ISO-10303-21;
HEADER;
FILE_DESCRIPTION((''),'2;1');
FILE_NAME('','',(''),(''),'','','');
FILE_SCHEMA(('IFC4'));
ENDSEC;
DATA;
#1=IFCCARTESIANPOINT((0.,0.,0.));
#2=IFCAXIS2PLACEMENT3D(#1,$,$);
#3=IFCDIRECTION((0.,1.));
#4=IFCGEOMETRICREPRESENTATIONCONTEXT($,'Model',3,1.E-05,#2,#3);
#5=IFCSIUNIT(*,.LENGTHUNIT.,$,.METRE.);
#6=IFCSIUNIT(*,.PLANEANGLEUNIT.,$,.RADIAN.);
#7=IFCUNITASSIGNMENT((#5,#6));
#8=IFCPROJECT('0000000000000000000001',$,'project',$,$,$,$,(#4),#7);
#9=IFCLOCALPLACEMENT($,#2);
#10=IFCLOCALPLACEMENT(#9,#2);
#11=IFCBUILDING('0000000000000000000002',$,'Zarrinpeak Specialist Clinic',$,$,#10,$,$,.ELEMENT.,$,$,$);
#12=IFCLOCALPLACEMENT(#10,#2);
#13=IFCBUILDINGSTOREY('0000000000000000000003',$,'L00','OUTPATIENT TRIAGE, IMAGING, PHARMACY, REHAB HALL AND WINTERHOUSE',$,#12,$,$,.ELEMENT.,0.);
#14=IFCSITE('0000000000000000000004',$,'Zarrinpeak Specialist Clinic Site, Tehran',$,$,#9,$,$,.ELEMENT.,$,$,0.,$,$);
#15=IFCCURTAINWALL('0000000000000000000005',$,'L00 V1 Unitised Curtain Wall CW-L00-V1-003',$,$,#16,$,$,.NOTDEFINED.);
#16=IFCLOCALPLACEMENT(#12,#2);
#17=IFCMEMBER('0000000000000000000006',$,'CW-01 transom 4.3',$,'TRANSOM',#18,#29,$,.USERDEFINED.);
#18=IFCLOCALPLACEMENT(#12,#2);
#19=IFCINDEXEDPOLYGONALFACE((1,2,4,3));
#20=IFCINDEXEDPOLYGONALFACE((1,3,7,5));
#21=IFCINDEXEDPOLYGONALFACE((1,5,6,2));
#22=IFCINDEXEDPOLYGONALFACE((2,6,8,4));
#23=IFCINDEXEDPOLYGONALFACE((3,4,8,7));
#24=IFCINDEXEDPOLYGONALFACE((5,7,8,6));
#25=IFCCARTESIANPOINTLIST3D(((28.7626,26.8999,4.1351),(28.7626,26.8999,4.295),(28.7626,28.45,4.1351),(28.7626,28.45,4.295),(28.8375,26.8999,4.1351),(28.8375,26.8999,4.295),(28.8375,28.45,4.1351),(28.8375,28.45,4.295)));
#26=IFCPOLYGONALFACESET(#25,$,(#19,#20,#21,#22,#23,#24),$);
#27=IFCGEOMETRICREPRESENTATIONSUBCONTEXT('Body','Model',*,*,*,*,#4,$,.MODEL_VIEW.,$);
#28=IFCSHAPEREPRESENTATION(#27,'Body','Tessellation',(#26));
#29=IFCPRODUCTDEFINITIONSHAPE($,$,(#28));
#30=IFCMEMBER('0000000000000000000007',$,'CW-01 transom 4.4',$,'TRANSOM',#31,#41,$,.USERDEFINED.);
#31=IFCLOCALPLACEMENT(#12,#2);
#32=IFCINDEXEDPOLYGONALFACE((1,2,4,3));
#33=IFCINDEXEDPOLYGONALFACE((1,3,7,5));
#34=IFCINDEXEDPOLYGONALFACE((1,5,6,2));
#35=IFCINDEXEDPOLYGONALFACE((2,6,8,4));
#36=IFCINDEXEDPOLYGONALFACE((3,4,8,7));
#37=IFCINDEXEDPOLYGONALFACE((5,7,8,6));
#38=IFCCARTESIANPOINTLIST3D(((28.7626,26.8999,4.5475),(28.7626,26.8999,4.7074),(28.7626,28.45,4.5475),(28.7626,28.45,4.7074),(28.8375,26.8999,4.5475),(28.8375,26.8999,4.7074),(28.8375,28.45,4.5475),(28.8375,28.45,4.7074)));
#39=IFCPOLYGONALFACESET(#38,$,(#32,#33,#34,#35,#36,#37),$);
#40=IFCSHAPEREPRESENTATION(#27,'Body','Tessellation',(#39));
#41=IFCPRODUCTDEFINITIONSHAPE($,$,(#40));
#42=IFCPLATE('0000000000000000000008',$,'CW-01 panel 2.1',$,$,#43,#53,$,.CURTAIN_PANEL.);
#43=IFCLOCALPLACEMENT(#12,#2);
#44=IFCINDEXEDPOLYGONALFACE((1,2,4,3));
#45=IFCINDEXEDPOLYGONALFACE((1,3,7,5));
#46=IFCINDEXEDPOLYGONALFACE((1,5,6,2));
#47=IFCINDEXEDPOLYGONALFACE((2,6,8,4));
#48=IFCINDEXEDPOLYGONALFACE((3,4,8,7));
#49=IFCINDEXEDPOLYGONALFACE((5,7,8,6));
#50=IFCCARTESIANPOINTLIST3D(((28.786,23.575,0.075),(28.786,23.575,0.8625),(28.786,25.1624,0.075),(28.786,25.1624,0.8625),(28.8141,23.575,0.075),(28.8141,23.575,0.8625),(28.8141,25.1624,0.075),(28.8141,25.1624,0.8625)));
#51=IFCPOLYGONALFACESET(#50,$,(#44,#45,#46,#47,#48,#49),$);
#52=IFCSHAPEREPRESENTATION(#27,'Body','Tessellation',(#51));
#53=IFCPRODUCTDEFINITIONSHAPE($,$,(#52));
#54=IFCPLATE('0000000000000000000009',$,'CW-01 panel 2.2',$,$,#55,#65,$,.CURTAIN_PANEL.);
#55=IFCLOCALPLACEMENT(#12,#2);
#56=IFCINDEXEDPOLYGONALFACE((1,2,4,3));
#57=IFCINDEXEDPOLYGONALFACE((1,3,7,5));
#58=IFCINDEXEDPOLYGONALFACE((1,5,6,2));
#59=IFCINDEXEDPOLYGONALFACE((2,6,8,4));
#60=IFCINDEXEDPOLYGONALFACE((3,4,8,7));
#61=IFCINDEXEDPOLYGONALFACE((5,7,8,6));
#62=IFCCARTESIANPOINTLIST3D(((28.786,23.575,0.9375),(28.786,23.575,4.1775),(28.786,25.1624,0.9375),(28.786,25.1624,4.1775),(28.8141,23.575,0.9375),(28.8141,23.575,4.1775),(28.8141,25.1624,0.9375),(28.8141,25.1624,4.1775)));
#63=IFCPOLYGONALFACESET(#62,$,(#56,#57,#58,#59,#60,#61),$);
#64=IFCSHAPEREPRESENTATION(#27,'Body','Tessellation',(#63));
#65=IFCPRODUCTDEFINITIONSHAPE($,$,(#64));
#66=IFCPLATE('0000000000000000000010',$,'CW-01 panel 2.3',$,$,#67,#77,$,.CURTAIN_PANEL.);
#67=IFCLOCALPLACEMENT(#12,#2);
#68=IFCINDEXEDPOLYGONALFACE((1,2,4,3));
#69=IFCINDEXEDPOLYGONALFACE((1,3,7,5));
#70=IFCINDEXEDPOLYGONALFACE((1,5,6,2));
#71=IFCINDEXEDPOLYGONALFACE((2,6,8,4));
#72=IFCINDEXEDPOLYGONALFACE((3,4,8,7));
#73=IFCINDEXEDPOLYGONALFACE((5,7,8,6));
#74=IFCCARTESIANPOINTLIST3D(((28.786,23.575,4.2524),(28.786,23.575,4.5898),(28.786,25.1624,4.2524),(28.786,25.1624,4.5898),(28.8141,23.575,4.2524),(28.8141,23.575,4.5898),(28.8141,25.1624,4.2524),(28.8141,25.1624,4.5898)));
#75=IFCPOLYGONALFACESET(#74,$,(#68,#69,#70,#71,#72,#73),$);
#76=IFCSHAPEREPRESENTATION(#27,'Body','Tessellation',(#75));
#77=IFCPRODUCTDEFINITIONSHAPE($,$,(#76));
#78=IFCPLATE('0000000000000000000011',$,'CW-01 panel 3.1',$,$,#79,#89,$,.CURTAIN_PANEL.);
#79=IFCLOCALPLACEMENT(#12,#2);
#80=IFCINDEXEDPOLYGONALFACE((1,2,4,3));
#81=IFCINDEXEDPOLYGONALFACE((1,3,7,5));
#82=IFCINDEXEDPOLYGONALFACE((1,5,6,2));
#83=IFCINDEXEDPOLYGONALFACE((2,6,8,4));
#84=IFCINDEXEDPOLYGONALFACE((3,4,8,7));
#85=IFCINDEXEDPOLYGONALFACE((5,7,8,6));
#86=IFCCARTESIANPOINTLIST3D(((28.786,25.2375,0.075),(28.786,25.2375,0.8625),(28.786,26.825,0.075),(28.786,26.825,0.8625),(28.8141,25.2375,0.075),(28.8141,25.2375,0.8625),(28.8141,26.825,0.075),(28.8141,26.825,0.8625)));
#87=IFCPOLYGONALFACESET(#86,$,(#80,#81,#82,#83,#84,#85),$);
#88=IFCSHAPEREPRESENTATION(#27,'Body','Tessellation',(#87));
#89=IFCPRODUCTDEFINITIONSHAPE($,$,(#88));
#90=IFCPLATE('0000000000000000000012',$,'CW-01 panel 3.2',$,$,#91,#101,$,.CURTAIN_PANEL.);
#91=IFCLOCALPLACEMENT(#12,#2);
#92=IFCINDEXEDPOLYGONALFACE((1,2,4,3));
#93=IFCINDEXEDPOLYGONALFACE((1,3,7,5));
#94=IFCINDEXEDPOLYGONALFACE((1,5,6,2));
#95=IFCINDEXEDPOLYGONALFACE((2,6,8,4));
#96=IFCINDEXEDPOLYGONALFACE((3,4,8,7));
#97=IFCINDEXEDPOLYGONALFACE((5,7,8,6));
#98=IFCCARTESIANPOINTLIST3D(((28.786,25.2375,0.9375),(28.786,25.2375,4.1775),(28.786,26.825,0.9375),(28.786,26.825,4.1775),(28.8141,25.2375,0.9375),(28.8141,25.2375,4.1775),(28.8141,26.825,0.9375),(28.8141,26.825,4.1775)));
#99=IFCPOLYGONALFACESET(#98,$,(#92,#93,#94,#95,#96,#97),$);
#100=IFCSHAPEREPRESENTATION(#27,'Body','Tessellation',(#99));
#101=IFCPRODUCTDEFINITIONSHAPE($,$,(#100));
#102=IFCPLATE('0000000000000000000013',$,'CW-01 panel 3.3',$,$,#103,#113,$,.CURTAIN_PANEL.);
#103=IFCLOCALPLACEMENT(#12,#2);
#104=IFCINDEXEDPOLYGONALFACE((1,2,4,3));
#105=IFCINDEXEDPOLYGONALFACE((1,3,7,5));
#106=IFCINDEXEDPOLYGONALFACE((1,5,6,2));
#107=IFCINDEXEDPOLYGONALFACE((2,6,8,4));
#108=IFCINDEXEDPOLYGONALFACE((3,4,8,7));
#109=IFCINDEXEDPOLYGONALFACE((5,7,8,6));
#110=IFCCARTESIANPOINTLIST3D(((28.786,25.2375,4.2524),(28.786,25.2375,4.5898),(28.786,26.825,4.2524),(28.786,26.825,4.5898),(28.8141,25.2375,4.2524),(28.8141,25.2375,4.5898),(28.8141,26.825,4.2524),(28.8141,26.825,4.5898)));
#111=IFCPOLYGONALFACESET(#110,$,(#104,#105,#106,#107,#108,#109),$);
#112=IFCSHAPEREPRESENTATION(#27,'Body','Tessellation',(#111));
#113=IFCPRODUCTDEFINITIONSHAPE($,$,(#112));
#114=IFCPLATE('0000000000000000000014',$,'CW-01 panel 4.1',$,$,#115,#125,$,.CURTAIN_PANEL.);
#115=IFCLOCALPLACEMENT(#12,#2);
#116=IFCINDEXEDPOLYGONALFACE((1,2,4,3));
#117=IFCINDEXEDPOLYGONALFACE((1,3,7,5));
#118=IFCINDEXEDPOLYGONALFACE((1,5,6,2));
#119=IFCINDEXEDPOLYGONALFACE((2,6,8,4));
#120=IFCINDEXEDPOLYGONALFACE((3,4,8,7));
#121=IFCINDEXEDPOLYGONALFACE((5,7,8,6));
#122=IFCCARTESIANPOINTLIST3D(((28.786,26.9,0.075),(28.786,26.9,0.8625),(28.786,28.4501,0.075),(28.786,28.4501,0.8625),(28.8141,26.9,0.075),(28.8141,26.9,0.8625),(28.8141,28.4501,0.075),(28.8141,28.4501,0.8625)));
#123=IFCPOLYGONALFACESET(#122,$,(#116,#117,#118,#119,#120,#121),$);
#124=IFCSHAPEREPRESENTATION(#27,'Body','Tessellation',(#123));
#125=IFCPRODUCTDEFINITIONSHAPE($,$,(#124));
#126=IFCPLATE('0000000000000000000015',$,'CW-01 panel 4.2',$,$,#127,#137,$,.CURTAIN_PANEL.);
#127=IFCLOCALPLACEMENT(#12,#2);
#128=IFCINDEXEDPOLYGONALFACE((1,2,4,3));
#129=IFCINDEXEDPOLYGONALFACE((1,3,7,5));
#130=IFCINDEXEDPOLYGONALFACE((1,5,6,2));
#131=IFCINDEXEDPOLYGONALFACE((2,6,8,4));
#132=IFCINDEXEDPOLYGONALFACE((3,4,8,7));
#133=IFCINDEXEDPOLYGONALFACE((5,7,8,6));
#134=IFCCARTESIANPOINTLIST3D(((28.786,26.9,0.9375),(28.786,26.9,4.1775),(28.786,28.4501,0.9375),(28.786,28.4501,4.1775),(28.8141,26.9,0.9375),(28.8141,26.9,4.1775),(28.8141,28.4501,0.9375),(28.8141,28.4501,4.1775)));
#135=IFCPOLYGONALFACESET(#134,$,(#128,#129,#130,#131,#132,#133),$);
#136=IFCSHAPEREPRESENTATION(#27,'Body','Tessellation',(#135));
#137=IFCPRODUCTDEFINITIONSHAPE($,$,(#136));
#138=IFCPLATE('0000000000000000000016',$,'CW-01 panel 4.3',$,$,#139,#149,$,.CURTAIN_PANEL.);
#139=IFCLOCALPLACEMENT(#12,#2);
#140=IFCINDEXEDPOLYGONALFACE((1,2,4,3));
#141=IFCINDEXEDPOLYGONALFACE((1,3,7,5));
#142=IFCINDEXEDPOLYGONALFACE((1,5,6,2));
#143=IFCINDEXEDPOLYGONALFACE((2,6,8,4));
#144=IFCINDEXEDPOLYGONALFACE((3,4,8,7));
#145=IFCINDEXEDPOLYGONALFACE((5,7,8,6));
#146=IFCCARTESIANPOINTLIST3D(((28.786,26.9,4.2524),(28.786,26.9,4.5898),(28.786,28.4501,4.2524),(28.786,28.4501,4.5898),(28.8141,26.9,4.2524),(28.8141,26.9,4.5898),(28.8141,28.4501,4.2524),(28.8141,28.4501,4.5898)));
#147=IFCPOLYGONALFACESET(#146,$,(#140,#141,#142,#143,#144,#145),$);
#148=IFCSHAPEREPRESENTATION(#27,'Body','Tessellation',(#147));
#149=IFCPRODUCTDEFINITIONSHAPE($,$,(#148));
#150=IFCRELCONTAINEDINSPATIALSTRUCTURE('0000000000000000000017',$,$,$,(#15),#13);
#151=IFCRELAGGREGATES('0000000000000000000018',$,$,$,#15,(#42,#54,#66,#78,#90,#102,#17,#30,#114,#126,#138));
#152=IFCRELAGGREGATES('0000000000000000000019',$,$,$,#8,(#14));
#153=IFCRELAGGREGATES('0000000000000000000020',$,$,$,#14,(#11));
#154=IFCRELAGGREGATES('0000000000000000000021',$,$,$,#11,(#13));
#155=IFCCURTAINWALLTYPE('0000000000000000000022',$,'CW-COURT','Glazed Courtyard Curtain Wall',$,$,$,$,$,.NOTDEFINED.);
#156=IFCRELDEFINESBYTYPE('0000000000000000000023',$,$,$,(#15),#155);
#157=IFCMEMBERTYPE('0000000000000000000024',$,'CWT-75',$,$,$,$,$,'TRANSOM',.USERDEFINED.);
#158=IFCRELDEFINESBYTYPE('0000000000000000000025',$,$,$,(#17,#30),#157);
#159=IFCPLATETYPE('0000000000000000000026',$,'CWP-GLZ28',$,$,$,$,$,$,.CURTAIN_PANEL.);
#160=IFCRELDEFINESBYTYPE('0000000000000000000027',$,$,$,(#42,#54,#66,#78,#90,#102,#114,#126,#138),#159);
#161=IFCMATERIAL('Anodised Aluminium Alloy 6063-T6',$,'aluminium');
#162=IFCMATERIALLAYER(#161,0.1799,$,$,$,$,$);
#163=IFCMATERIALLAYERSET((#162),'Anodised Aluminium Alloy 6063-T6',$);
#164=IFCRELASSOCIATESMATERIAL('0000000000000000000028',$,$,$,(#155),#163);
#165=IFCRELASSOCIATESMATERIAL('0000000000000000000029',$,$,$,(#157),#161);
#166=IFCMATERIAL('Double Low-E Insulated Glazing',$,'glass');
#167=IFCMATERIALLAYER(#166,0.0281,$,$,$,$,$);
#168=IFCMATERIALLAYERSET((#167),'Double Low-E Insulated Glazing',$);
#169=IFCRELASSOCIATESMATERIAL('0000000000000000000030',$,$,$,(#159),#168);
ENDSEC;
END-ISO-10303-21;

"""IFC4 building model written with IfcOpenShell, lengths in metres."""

from ifc_helpers import new_model, si_unit, direction, frame, origin, origin_2d, place, context, subcontext, project, spatial, rectangle, extrude, material, layer, layer_set, material_profile, profile_set, type_object, element, aggregate, save


model = new_model("IFC4")

# Units and contexts
model_context = context("Model", 3, precision=1e-05, world=origin(), true_north=direction((0.0, 1.0)))
body_context = subcontext(model_context, "Body", "Model", "MODEL_VIEW")
ifc_project = project(units=[si_unit("LENGTHUNIT", "METRE"), si_unit("PLANEANGLEUNIT", "RADIAN")], contexts=[model_context])

# Site, building, storey
site_placement = place(None, origin())
site = spatial("IfcSite", under=ifc_project, at=site_placement, Name="Zarrinpeak Specialist Clinic Site, Tehran", CompositionType="ELEMENT", RefElevation=0.0)
building_placement = place(site_placement, origin())
building = spatial("IfcBuilding", under=site, at=building_placement, Name="Zarrinpeak Specialist Clinic", CompositionType="ELEMENT")
storey_placement = place(building_placement, origin())
storey = spatial("IfcBuildingStorey", under=building, at=storey_placement, Name="L00", Description="OUTPATIENT TRIAGE, IMAGING, PHARMACY, REHAB HALL AND WINTERHOUSE", CompositionType="ELEMENT", Elevation=0.0)

# Curtain wall, members, plates
ifc_material_1 = material(Name="Anodised Aluminium Alloy 6063-T6", Category="aluminium")
ifc_layer_1 = layer(ifc_material_1, 0.1799)
ifc_layer_set_1 = layer_set([ifc_layer_1], Name="Anodised Aluminium Alloy 6063-T6")
curtain_wall_type = type_object("IfcCurtainWallType", Name="CW-COURT", Description="Glazed Courtyard Curtain Wall", PredefinedType="NOTDEFINED", material=ifc_layer_set_1)
curtain_wall_placement = place(storey_placement, origin())
curtain_wall = element("IfcCurtainWall", 1, at=curtain_wall_placement, inside=storey, type_object=curtain_wall_type, Name="L00 V1 Unitised Curtain Wall CW-L00-V1-003", PredefinedType="NOTDEFINED")
ifc_material_profile_1 = material_profile(ifc_material_1, rectangle(XDim=0.075, YDim=0.1599, at=origin_2d()), Name="ALU 75x160")
ifc_profile_set_1 = profile_set([ifc_material_profile_1], Name="Anodised Aluminium Alloy 6063-T6")
member_type_1 = type_object("IfcMemberType", Name="CWT-75", ElementType="TRANSOM", PredefinedType="USERDEFINED", material=ifc_profile_set_1)
member_1_placement = place(storey_placement, frame((28.8, 26.8999, 4.2151), z_axis=(0.0, 1.0, 0.0), x_axis=(-1.0, 0.0, 0.0)))
member_1 = element("IfcMember", 2, at=member_1_placement, type_object=member_type_1, Name="CW-01 transom 4.3", ObjectType="TRANSOM", PredefinedType="USERDEFINED", context=body_context, shape_type="SweptSolid", body=[
    extrude(rectangle(XDim=0.075, YDim=0.1599, at=origin_2d()), origin(), (0.0, 0.0, 1.0), 1.55),
])
member_2_placement = place(storey_placement, frame((28.8, 26.8999, 4.6274), z_axis=(0.0, 1.0, 0.0), x_axis=(-1.0, 0.0, 0.0)))
member_2 = element("IfcMember", 3, at=member_2_placement, type_object=member_type_1, Name="CW-01 transom 4.4", ObjectType="TRANSOM", PredefinedType="USERDEFINED", context=body_context, shape_type="SweptSolid", body=[
    extrude(rectangle(XDim=0.075, YDim=0.1599, at=origin_2d()), origin(), (0.0, 0.0, 1.0), 1.55),
])
ifc_material_2 = material(Name="Double Low-E Insulated Glazing", Category="glass")
ifc_layer_2 = layer(ifc_material_2, 0.0281)
ifc_layer_set_2 = layer_set([ifc_layer_2], Name="Double Low-E Insulated Glazing")
plate_type = type_object("IfcPlateType", Name="CWP-GLZ28", PredefinedType="CURTAIN_PANEL", material=ifc_layer_set_2)
plate_1_placement = place(storey_placement, frame((28.8, 24.3687, 0.075), z_axis=(0.0, 0.0, 1.0), x_axis=(0.0, 1.0, 0.0)))
plate_1 = element("IfcPlate", 4, at=plate_1_placement, type_object=plate_type, Name="CW-01 panel 2.1", PredefinedType="CURTAIN_PANEL", context=body_context, shape_type="SweptSolid", body=[
    extrude(rectangle(XDim=1.5874, YDim=0.0281, at=origin_2d()), origin(), (0.0, 0.0, 1.0), 0.7876),
])
plate_2_placement = place(storey_placement, frame((28.8, 24.3687, 0.9375), z_axis=(0.0, 0.0, 1.0), x_axis=(0.0, 1.0, 0.0)))
plate_2 = element("IfcPlate", 5, at=plate_2_placement, type_object=plate_type, Name="CW-01 panel 2.2", PredefinedType="CURTAIN_PANEL", context=body_context, shape_type="SweptSolid", body=[
    extrude(rectangle(XDim=1.5874, YDim=0.0281, at=origin_2d()), origin(), (0.0, 0.0, 1.0), 3.24),
])
plate_3_placement = place(storey_placement, frame((28.8, 24.3687, 4.2524), z_axis=(0.0, 0.0, 1.0), x_axis=(0.0, 1.0, 0.0)))
plate_3 = element("IfcPlate", 6, at=plate_3_placement, type_object=plate_type, Name="CW-01 panel 2.3", PredefinedType="CURTAIN_PANEL", context=body_context, shape_type="SweptSolid", body=[
    extrude(rectangle(XDim=1.5874, YDim=0.0281, at=origin_2d()), origin(), (0.0, 0.0, 1.0), 0.3374),
])
plate_4_placement = place(storey_placement, frame((28.8, 26.0312, 0.075), z_axis=(0.0, 0.0, 1.0), x_axis=(0.0, 1.0, 0.0)))
plate_4 = element("IfcPlate", 7, at=plate_4_placement, type_object=plate_type, Name="CW-01 panel 3.1", PredefinedType="CURTAIN_PANEL", context=body_context, shape_type="SweptSolid", body=[
    extrude(rectangle(XDim=1.5874, YDim=0.0281, at=origin_2d()), origin(), (0.0, 0.0, 1.0), 0.7876),
])
plate_5_placement = place(storey_placement, frame((28.8, 26.0312, 0.9375), z_axis=(0.0, 0.0, 1.0), x_axis=(0.0, 1.0, 0.0)))
plate_5 = element("IfcPlate", 8, at=plate_5_placement, type_object=plate_type, Name="CW-01 panel 3.2", PredefinedType="CURTAIN_PANEL", context=body_context, shape_type="SweptSolid", body=[
    extrude(rectangle(XDim=1.5874, YDim=0.0281, at=origin_2d()), origin(), (0.0, 0.0, 1.0), 3.24),
])
plate_6_placement = place(storey_placement, frame((28.8, 26.0312, 4.2524), z_axis=(0.0, 0.0, 1.0), x_axis=(0.0, 1.0, 0.0)))
plate_6 = element("IfcPlate", 9, at=plate_6_placement, type_object=plate_type, Name="CW-01 panel 3.3", PredefinedType="CURTAIN_PANEL", context=body_context, shape_type="SweptSolid", body=[
    extrude(rectangle(XDim=1.5874, YDim=0.0281, at=origin_2d()), origin(), (0.0, 0.0, 1.0), 0.3374),
])
plate_7_placement = place(storey_placement, frame((28.8, 27.675, 0.075), z_axis=(0.0, 0.0, 1.0), x_axis=(0.0, 1.0, 0.0)))
plate_7 = element("IfcPlate", 10, at=plate_7_placement, type_object=plate_type, Name="CW-01 panel 4.1", PredefinedType="CURTAIN_PANEL", context=body_context, shape_type="SweptSolid", body=[
    extrude(rectangle(XDim=1.55, YDim=0.0281, at=origin_2d()), origin(), (0.0, 0.0, 1.0), 0.7876),
])
plate_8_placement = place(storey_placement, frame((28.8, 27.675, 0.9375), z_axis=(0.0, 0.0, 1.0), x_axis=(0.0, 1.0, 0.0)))
plate_8 = element("IfcPlate", 11, at=plate_8_placement, type_object=plate_type, Name="CW-01 panel 4.2", PredefinedType="CURTAIN_PANEL", context=body_context, shape_type="SweptSolid", body=[
    extrude(rectangle(XDim=1.55, YDim=0.0281, at=origin_2d()), origin(), (0.0, 0.0, 1.0), 3.24),
])
plate_9_placement = place(storey_placement, frame((28.8, 27.675, 4.2524), z_axis=(0.0, 0.0, 1.0), x_axis=(0.0, 1.0, 0.0)))
plate_9 = element("IfcPlate", 12, at=plate_9_placement, type_object=plate_type, Name="CW-01 panel 4.3", PredefinedType="CURTAIN_PANEL", context=body_context, shape_type="SweptSolid", body=[
    extrude(rectangle(XDim=1.55, YDim=0.0281, at=origin_2d()), origin(), (0.0, 0.0, 1.0), 0.3374),
])
aggregate(curtain_wall, [plate_1, plate_2, plate_3, plate_4, plate_5, plate_6, member_1, member_2, plate_7, plate_8, plate_9])

save(model, "model.ifc")
